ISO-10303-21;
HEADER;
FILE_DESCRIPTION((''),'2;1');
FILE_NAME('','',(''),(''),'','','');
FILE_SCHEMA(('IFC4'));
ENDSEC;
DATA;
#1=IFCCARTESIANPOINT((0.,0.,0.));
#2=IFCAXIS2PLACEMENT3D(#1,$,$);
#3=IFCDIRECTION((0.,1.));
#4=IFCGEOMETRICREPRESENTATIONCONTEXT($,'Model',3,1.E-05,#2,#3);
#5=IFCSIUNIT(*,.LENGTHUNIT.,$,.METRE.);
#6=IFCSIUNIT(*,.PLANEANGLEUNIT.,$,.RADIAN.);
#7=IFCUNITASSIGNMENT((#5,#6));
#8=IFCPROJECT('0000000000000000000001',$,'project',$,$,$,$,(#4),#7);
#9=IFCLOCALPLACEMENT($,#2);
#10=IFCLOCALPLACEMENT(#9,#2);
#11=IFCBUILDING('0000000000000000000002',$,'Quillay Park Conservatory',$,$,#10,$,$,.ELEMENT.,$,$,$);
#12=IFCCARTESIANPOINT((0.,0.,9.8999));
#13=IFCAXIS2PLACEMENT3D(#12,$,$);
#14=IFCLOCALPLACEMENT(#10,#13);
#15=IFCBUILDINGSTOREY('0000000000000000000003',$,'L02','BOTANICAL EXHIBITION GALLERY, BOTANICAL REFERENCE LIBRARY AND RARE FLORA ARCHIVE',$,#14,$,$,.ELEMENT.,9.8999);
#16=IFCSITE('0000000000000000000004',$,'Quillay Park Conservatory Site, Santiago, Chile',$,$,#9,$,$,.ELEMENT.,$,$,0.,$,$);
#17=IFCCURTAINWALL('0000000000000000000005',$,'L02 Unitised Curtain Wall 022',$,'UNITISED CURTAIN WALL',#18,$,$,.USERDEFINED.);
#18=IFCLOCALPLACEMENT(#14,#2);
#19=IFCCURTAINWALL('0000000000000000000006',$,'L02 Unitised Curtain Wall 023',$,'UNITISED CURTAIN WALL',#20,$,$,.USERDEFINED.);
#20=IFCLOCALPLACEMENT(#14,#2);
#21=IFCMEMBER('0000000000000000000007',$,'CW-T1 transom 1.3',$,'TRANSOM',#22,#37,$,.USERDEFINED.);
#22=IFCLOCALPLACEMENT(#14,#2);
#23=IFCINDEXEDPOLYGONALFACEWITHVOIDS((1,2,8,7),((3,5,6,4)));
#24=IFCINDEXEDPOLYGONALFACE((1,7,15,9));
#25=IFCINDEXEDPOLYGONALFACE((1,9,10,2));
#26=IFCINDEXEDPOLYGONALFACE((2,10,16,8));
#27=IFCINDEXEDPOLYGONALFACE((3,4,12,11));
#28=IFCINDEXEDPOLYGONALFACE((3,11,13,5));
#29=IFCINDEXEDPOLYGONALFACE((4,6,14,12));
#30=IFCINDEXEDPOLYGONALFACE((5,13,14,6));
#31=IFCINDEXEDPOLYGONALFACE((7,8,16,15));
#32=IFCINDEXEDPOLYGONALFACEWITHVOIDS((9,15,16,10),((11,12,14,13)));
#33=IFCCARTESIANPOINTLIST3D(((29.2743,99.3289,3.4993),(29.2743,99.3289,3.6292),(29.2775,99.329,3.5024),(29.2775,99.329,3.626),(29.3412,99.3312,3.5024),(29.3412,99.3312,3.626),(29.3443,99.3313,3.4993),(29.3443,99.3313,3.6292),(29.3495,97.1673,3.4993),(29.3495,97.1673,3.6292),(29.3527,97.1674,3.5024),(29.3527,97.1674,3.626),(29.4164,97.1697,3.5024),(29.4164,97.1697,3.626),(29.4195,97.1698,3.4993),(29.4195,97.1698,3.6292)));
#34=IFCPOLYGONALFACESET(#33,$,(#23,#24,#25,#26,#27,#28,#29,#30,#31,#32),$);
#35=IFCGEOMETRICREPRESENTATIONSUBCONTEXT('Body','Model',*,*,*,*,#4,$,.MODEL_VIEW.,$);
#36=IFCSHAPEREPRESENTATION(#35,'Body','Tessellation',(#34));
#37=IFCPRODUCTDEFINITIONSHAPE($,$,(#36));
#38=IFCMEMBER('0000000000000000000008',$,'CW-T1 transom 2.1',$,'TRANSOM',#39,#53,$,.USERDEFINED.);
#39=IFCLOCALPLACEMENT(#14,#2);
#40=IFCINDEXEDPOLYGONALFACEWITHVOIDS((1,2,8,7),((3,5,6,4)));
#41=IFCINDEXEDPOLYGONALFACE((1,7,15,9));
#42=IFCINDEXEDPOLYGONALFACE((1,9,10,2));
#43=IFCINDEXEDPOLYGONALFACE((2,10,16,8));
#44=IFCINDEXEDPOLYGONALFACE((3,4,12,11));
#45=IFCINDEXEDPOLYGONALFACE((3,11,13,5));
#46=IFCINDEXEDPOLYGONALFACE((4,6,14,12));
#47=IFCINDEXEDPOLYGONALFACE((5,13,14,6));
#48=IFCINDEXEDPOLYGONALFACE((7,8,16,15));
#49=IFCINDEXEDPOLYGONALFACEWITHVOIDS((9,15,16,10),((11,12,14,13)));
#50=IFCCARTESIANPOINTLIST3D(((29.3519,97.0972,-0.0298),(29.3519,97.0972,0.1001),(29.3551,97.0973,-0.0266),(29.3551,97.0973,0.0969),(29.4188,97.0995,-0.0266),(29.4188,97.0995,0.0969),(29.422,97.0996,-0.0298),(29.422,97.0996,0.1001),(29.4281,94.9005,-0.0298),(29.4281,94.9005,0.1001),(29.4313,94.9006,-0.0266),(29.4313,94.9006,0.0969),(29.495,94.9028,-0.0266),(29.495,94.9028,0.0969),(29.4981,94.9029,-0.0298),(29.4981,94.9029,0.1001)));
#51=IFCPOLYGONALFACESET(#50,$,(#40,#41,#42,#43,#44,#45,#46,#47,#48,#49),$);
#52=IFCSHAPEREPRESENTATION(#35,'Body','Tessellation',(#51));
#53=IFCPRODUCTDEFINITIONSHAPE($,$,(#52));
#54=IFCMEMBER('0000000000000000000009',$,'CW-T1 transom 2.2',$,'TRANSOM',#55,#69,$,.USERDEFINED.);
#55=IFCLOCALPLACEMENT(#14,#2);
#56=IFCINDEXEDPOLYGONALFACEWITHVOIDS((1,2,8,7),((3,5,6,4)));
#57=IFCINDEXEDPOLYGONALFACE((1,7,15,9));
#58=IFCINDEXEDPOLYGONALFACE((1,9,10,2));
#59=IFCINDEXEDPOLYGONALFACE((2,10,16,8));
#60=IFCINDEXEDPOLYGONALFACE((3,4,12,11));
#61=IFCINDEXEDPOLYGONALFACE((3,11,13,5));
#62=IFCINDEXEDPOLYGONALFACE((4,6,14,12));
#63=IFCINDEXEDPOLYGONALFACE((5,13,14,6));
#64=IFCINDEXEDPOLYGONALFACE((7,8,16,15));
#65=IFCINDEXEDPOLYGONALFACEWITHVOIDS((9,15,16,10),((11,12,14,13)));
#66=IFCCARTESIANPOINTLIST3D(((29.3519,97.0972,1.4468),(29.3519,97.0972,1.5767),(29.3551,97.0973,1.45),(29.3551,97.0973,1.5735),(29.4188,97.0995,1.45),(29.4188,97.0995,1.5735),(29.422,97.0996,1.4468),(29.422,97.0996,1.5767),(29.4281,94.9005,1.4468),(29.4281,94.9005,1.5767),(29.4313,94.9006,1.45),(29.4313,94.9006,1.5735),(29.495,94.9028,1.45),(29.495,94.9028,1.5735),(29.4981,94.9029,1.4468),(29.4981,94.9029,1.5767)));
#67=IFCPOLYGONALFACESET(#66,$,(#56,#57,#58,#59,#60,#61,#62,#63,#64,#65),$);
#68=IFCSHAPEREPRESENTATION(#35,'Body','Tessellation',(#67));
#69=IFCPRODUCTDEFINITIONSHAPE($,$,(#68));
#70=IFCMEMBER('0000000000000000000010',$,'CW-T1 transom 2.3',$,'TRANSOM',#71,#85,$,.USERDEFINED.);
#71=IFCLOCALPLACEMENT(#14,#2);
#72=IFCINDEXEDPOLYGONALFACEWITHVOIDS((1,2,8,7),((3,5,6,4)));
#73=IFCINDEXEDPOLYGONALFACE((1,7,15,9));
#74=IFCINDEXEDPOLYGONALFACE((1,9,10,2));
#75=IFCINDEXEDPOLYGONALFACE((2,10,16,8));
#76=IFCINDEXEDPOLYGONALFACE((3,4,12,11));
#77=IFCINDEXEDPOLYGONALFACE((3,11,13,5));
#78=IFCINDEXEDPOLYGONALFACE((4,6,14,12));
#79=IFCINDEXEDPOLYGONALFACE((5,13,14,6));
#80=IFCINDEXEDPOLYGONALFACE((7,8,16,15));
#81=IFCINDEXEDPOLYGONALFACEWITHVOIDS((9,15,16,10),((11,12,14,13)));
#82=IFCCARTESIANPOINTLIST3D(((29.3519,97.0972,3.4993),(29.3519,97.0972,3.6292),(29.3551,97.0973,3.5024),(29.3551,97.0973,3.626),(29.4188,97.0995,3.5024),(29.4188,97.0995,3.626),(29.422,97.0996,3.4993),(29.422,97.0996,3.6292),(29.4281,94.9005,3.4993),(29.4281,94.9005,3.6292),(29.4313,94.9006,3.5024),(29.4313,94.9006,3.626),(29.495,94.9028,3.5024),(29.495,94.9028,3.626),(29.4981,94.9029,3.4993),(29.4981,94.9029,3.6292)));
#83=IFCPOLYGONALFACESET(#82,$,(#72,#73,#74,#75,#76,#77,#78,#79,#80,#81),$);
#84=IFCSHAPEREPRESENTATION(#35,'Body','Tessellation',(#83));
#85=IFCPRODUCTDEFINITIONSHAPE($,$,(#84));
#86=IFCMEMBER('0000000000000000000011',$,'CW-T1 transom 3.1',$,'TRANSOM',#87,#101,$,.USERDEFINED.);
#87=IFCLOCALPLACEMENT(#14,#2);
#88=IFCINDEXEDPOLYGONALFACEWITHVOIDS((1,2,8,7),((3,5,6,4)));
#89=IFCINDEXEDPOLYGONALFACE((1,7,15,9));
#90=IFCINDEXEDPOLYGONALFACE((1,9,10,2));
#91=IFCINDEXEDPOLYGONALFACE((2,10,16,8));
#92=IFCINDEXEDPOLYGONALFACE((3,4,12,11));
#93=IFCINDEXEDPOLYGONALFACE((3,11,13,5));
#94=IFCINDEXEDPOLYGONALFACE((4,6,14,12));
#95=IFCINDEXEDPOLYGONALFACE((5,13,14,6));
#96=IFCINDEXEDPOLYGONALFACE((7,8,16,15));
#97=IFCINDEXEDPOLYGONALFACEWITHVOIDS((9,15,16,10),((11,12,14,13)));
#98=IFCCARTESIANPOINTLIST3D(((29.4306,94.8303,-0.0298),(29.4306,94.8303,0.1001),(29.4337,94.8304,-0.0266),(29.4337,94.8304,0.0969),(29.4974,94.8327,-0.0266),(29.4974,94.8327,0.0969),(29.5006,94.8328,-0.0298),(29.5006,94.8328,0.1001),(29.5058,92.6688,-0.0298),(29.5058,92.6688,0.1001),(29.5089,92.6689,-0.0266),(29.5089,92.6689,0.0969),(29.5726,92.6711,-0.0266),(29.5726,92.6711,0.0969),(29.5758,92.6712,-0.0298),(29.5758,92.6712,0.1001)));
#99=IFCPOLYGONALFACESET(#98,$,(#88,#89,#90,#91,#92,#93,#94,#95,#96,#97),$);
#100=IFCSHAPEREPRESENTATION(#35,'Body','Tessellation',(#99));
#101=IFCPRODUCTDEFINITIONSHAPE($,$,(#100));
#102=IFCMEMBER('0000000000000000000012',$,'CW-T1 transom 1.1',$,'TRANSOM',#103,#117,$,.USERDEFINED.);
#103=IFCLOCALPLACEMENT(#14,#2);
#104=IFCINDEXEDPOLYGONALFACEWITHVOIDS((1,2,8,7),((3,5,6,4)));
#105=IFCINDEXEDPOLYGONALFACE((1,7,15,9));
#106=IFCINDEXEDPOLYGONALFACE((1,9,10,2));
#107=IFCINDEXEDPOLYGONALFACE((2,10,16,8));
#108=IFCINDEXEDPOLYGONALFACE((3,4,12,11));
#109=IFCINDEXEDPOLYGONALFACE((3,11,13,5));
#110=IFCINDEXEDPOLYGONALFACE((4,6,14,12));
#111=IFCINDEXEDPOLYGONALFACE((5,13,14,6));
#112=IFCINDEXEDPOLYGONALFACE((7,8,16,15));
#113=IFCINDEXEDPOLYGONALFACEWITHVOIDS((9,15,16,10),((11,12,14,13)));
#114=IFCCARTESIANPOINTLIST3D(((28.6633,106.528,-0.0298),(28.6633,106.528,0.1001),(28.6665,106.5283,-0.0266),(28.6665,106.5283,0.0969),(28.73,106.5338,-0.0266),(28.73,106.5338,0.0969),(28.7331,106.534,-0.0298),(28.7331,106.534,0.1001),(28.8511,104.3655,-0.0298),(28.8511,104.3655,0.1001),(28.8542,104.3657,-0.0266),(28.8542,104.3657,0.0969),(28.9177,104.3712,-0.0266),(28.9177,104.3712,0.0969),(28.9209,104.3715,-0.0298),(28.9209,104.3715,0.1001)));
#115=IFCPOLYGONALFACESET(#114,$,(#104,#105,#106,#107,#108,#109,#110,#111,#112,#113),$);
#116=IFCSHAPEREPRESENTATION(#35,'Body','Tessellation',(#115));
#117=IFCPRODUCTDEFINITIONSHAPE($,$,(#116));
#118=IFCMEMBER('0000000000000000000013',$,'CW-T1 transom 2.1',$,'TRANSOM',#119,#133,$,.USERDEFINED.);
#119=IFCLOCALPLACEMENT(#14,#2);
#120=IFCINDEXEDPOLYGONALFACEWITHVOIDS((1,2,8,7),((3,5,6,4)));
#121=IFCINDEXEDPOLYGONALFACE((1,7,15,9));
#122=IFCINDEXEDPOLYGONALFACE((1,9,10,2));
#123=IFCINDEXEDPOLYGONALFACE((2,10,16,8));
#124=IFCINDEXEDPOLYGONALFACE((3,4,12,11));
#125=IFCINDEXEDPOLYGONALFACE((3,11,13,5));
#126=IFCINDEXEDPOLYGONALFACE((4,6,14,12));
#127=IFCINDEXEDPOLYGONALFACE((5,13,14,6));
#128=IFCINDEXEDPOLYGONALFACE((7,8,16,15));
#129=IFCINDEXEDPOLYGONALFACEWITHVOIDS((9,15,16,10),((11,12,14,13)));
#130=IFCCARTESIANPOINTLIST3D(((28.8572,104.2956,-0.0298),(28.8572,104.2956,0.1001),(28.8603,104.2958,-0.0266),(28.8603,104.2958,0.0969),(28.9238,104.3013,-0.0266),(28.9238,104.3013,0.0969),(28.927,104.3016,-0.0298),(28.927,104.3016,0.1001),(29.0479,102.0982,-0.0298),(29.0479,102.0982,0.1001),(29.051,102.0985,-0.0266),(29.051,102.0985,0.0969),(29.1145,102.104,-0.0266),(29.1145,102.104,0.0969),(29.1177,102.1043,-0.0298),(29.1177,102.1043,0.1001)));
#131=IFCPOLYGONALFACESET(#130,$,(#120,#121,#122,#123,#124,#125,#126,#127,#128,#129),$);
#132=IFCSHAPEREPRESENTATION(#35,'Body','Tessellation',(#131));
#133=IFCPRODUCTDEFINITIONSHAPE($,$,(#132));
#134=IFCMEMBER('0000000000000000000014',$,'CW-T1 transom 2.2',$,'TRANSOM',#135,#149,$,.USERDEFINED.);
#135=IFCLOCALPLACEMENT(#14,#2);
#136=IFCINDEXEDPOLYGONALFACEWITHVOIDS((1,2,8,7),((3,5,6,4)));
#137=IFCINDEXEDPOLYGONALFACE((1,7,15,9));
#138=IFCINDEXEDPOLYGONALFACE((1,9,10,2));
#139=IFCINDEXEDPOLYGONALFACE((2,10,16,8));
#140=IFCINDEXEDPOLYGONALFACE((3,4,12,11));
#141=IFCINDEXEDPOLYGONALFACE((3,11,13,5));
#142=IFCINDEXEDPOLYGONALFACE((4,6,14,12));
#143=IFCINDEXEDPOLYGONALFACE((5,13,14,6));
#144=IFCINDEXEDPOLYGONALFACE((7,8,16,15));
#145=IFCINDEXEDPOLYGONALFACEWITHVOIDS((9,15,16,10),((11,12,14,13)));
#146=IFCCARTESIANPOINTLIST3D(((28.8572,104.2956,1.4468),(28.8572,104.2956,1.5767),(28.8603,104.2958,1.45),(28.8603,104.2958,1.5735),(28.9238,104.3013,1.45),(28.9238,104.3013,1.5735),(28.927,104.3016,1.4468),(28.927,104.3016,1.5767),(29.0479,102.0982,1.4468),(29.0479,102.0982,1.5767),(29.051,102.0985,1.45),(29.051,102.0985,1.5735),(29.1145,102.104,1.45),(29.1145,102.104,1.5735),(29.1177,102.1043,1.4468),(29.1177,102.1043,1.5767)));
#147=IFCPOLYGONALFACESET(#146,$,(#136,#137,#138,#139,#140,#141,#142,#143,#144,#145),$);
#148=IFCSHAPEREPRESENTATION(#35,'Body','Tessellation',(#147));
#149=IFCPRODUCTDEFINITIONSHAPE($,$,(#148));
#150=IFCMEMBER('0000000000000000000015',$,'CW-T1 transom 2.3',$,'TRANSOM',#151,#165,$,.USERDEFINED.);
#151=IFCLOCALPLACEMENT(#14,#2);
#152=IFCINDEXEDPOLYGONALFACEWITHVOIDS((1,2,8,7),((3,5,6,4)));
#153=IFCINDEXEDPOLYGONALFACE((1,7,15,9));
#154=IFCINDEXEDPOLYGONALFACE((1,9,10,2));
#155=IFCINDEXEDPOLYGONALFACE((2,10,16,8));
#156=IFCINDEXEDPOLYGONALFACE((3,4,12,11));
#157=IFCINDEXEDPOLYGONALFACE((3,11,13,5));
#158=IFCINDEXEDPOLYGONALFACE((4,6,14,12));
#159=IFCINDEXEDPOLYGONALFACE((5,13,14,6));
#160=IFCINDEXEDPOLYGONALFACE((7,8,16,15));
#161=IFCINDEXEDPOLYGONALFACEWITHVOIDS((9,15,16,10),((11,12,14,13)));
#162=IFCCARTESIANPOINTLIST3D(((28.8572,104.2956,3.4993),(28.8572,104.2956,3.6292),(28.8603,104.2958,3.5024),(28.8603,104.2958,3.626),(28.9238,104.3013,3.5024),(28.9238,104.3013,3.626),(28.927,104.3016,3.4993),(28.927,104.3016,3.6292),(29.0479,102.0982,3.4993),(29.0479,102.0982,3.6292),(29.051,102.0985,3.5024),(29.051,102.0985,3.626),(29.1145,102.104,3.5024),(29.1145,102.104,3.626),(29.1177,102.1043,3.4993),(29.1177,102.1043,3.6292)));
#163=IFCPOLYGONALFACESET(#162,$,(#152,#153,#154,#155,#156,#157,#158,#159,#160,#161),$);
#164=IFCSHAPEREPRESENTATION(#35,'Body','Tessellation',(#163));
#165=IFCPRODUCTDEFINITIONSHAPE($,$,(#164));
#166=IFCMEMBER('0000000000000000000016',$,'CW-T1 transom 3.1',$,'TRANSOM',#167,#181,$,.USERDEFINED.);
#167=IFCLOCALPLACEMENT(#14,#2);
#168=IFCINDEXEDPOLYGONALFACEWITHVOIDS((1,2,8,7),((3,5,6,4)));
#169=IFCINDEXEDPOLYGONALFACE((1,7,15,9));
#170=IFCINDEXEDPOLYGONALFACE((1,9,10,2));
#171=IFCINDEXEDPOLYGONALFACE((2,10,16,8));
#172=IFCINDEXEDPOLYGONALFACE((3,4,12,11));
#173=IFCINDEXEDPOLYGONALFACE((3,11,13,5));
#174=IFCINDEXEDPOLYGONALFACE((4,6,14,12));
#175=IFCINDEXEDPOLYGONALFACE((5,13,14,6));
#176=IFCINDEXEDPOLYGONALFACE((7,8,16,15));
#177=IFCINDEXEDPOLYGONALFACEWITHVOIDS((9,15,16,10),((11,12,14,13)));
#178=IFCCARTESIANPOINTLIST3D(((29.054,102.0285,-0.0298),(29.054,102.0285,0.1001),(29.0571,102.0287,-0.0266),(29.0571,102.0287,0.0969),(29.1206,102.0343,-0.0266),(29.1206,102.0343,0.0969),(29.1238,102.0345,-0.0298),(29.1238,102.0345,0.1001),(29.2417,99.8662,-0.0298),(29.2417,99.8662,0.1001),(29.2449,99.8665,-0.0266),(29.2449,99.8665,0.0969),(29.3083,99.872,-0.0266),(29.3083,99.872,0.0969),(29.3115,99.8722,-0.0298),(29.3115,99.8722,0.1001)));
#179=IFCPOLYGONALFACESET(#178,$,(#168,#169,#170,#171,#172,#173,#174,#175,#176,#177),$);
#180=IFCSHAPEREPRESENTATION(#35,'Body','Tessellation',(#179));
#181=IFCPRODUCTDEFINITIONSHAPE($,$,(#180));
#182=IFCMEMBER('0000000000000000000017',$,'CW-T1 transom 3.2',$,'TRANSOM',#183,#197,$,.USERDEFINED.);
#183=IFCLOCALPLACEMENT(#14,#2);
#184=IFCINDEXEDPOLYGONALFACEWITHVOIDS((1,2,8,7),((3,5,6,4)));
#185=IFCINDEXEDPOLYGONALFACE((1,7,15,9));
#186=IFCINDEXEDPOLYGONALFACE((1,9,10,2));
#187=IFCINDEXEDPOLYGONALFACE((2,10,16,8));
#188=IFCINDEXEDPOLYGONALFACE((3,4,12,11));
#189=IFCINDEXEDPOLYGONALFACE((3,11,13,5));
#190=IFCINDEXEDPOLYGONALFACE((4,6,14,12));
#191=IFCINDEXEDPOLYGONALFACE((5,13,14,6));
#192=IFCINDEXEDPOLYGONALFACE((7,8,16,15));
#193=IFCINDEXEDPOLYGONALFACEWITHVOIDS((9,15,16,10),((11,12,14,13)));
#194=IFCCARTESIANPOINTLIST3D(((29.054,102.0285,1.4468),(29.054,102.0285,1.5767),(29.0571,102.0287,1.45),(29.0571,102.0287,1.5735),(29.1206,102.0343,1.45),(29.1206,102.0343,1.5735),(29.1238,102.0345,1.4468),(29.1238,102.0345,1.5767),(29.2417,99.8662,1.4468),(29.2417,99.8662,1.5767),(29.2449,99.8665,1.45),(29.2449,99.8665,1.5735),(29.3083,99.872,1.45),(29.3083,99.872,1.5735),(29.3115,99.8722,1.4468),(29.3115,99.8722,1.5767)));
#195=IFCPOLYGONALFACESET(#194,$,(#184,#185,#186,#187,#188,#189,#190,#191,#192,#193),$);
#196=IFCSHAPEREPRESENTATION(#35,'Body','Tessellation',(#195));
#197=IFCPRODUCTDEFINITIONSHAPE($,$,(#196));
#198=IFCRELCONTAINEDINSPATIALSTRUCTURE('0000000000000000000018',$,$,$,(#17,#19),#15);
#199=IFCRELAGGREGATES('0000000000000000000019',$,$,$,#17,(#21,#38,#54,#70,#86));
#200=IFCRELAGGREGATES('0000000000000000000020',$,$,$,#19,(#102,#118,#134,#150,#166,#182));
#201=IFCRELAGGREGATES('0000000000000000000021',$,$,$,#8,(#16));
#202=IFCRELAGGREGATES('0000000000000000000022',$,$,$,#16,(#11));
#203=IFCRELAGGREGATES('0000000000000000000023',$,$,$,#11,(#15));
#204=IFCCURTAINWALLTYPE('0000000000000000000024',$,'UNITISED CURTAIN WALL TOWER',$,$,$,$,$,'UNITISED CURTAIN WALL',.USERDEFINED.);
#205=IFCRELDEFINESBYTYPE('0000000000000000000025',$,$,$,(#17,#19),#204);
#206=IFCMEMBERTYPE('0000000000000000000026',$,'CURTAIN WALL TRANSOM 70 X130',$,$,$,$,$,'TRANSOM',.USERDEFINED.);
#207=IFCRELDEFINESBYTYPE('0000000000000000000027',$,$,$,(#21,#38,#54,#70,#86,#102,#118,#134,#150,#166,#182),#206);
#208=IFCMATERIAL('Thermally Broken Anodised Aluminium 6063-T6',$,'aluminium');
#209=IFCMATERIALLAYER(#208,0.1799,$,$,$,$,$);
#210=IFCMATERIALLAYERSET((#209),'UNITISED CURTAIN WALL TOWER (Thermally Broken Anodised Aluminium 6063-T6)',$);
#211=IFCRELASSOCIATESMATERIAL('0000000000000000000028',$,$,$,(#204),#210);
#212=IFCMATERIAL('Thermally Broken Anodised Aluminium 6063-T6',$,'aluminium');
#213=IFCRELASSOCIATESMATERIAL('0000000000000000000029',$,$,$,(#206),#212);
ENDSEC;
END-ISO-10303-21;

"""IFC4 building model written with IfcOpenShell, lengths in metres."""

from ifc_helpers import new_model, si_unit, direction, frame, origin, origin_2d, place, context, subcontext, project, spatial, hollow_rectangle, extrude, material, layer, layer_set, material_profile, profile_set, type_object, element, aggregate, save


model = new_model("IFC4")

# Units and contexts
model_context = context("Model", 3, precision=1e-05, world=origin(), true_north=direction((0.0, 1.0)))
body_context = subcontext(model_context, "Body", "Model", "MODEL_VIEW")
ifc_project = project(units=[si_unit("LENGTHUNIT", "METRE"), si_unit("PLANEANGLEUNIT", "RADIAN")], contexts=[model_context])

# Site, building, storey
site_placement = place(None, origin())
site = spatial("IfcSite", under=ifc_project, at=site_placement, Name="Quillay Park Conservatory Site, Santiago, Chile", CompositionType="ELEMENT", RefElevation=0.0)
building_placement = place(site_placement, origin())
building = spatial("IfcBuilding", under=site, at=building_placement, Name="Quillay Park Conservatory", CompositionType="ELEMENT")
storey_placement = place(building_placement, frame((0.0, 0.0, 9.8999)))
storey = spatial("IfcBuildingStorey", under=building, at=storey_placement, Name="L02", Description="BOTANICAL EXHIBITION GALLERY, BOTANICAL REFERENCE LIBRARY AND RARE FLORA ARCHIVE", CompositionType="ELEMENT", Elevation=9.8999)

# Curtain walls
ifc_material_1 = material(Name="Thermally Broken Anodised Aluminium 6063-T6", Category="aluminium")
ifc_layer_1 = layer(ifc_material_1, 0.1799)
ifc_layer_set_1 = layer_set([ifc_layer_1], Name="UNITISED CURTAIN WALL TOWER (Thermally Broken Anodised Aluminium 6063-T6)")
curtain_wall_type = type_object("IfcCurtainWallType", Name="UNITISED CURTAIN WALL TOWER", ElementType="UNITISED CURTAIN WALL", PredefinedType="USERDEFINED", material=ifc_layer_set_1)
curtain_wall_1_placement = place(storey_placement, origin())
curtain_wall_1 = element("IfcCurtainWall", 1, at=curtain_wall_1_placement, inside=storey, type_object=curtain_wall_type, Name="L02 Unitised Curtain Wall 022", ObjectType="UNITISED CURTAIN WALL", PredefinedType="USERDEFINED")
curtain_wall_2_placement = place(storey_placement, origin())
curtain_wall_2 = element("IfcCurtainWall", 2, at=curtain_wall_2_placement, inside=storey, type_object=curtain_wall_type, Name="L02 Unitised Curtain Wall 023", ObjectType="UNITISED CURTAIN WALL", PredefinedType="USERDEFINED")

# Members
ifc_material_2 = material(Name="Thermally Broken Anodised Aluminium 6063-T6", Category="aluminium")
ifc_material_profile_1 = material_profile(ifc_material_2, hollow_rectangle(XDim=0.0701, YDim=0.1299, WallThickness=0.0032, at=origin_2d()), Name="AL70x130x3.2")
ifc_profile_set_1 = profile_set([ifc_material_profile_1], Name="Thermally Broken Anodised Aluminium 6063-T6")
member_type_1 = type_object("IfcMemberType", Name="CURTAIN WALL TRANSOM 70 X130", ElementType="TRANSOM", PredefinedType="USERDEFINED", material=ifc_profile_set_1)
member_1_placement = place(storey_placement, frame((29.3093, 99.3301, 3.5642), z_axis=(0.034766, -0.999395, 0.0), x_axis=(0.999395, 0.034766, 0.0)))
member_1 = element("IfcMember", 3, at=member_1_placement, type_object=member_type_1, Name="CW-T1 transom 1.3", ObjectType="TRANSOM", PredefinedType="USERDEFINED", context=body_context, shape_type="SweptSolid", body=[
    extrude(hollow_rectangle(XDim=0.0701, YDim=0.1299, WallThickness=0.0032, at=origin_2d()), origin(), (0.0, 0.0, 1.0), 2.1628),
])
member_2_placement = place(storey_placement, frame((29.387, 97.0984, 0.0352), z_axis=(0.034654, -0.999399, 0.0), x_axis=(0.999399, 0.034654, 0.0)))
member_2 = element("IfcMember", 4, at=member_2_placement, type_object=member_type_1, Name="CW-T1 transom 2.1", ObjectType="TRANSOM", PredefinedType="USERDEFINED", context=body_context, shape_type="SweptSolid", body=[
    extrude(hollow_rectangle(XDim=0.0701, YDim=0.1299, WallThickness=0.0032, at=origin_2d()), origin(), (0.0, 0.0, 1.0), 2.198),
])
member_3_placement = place(storey_placement, frame((29.387, 97.0984, 1.5117), z_axis=(0.034654, -0.999399, 0.0), x_axis=(0.999399, 0.034654, 0.0)))
member_3 = element("IfcMember", 5, at=member_3_placement, type_object=member_type_1, Name="CW-T1 transom 2.2", ObjectType="TRANSOM", PredefinedType="USERDEFINED", context=body_context, shape_type="SweptSolid", body=[
    extrude(hollow_rectangle(XDim=0.0701, YDim=0.1299, WallThickness=0.0032, at=origin_2d()), origin(), (0.0, 0.0, 1.0), 2.198),
])
member_4_placement = place(storey_placement, frame((29.387, 97.0984, 3.5642), z_axis=(0.034654, -0.999399, 0.0), x_axis=(0.999399, 0.034654, 0.0)))
member_4 = element("IfcMember", 6, at=member_4_placement, type_object=member_type_1, Name="CW-T1 transom 2.3", ObjectType="TRANSOM", PredefinedType="USERDEFINED", context=body_context, shape_type="SweptSolid", body=[
    extrude(hollow_rectangle(XDim=0.0701, YDim=0.1299, WallThickness=0.0032, at=origin_2d()), origin(), (0.0, 0.0, 1.0), 2.198),
])
member_5_placement = place(storey_placement, frame((29.4656, 94.8315, 0.0352), z_axis=(0.034766, -0.999395, 0.0), x_axis=(0.999395, 0.034766, 0.0)))
member_5 = element("IfcMember", 7, at=member_5_placement, type_object=member_type_1, Name="CW-T1 transom 3.1", ObjectType="TRANSOM", PredefinedType="USERDEFINED", context=body_context, shape_type="SweptSolid", body=[
    extrude(hollow_rectangle(XDim=0.0701, YDim=0.1299, WallThickness=0.0032, at=origin_2d()), origin(), (0.0, 0.0, 1.0), 2.1628),
])
member_6_placement = place(storey_placement, frame((28.6982, 106.531, 0.0352), z_axis=(0.086489, -0.996253, 0.0), x_axis=(0.996253, 0.086489, 0.0)))
member_6 = element("IfcMember", 8, at=member_6_placement, type_object=member_type_1, Name="CW-T1 transom 1.1", ObjectType="TRANSOM", PredefinedType="USERDEFINED", context=body_context, shape_type="SweptSolid", body=[
    extrude(hollow_rectangle(XDim=0.0701, YDim=0.1299, WallThickness=0.0032, at=origin_2d()), origin(), (0.0, 0.0, 1.0), 2.1707),
])
member_7_placement = place(storey_placement, frame((28.8921, 104.2986, 0.0352), z_axis=(0.086453, -0.996256, 0.0), x_axis=(0.996256, 0.086453, 0.0)))
member_7 = element("IfcMember", 9, at=member_7_placement, type_object=member_type_1, Name="CW-T1 transom 2.1", ObjectType="TRANSOM", PredefinedType="USERDEFINED", context=body_context, shape_type="SweptSolid", body=[
    extrude(hollow_rectangle(XDim=0.0701, YDim=0.1299, WallThickness=0.0032, at=origin_2d()), origin(), (0.0, 0.0, 1.0), 2.2056),
])
member_8_placement = place(storey_placement, frame((28.8921, 104.2986, 1.5117), z_axis=(0.086453, -0.996256, 0.0), x_axis=(0.996256, 0.086453, 0.0)))
member_8 = element("IfcMember", 10, at=member_8_placement, type_object=member_type_1, Name="CW-T1 transom 2.2", ObjectType="TRANSOM", PredefinedType="USERDEFINED", context=body_context, shape_type="SweptSolid", body=[
    extrude(hollow_rectangle(XDim=0.0701, YDim=0.1299, WallThickness=0.0032, at=origin_2d()), origin(), (0.0, 0.0, 1.0), 2.2056),
])
member_9_placement = place(storey_placement, frame((28.8921, 104.2986, 3.5642), z_axis=(0.086453, -0.996256, 0.0), x_axis=(0.996256, 0.086453, 0.0)))
member_9 = element("IfcMember", 11, at=member_9_placement, type_object=member_type_1, Name="CW-T1 transom 2.3", ObjectType="TRANSOM", PredefinedType="USERDEFINED", context=body_context, shape_type="SweptSolid", body=[
    extrude(hollow_rectangle(XDim=0.0701, YDim=0.1299, WallThickness=0.0032, at=origin_2d()), origin(), (0.0, 0.0, 1.0), 2.2056),
])
member_10_placement = place(storey_placement, frame((29.0889, 102.0315, 0.0352), z_axis=(0.086499, -0.996252, 0.0), x_axis=(0.996252, 0.086499, 0.0)))
member_10 = element("IfcMember", 12, at=member_10_placement, type_object=member_type_1, Name="CW-T1 transom 3.1", ObjectType="TRANSOM", PredefinedType="USERDEFINED", context=body_context, shape_type="SweptSolid", body=[
    extrude(hollow_rectangle(XDim=0.0701, YDim=0.1299, WallThickness=0.0032, at=origin_2d()), origin(), (0.0, 0.0, 1.0), 2.1704),
])
member_11_placement = place(storey_placement, frame((29.0889, 102.0315, 1.5117), z_axis=(0.086499, -0.996252, 0.0), x_axis=(0.996252, 0.086499, 0.0)))
member_11 = element("IfcMember", 13, at=member_11_placement, type_object=member_type_1, Name="CW-T1 transom 3.2", ObjectType="TRANSOM", PredefinedType="USERDEFINED", context=body_context, shape_type="SweptSolid", body=[
    extrude(hollow_rectangle(XDim=0.0701, YDim=0.1299, WallThickness=0.0032, at=origin_2d()), origin(), (0.0, 0.0, 1.0), 2.1704),
])

aggregate(curtain_wall_1, [member_1, member_2, member_3, member_4, member_5])
aggregate(curtain_wall_2, [member_6, member_7, member_8, member_9, member_10, member_11])

save(model, "model.ifc")
